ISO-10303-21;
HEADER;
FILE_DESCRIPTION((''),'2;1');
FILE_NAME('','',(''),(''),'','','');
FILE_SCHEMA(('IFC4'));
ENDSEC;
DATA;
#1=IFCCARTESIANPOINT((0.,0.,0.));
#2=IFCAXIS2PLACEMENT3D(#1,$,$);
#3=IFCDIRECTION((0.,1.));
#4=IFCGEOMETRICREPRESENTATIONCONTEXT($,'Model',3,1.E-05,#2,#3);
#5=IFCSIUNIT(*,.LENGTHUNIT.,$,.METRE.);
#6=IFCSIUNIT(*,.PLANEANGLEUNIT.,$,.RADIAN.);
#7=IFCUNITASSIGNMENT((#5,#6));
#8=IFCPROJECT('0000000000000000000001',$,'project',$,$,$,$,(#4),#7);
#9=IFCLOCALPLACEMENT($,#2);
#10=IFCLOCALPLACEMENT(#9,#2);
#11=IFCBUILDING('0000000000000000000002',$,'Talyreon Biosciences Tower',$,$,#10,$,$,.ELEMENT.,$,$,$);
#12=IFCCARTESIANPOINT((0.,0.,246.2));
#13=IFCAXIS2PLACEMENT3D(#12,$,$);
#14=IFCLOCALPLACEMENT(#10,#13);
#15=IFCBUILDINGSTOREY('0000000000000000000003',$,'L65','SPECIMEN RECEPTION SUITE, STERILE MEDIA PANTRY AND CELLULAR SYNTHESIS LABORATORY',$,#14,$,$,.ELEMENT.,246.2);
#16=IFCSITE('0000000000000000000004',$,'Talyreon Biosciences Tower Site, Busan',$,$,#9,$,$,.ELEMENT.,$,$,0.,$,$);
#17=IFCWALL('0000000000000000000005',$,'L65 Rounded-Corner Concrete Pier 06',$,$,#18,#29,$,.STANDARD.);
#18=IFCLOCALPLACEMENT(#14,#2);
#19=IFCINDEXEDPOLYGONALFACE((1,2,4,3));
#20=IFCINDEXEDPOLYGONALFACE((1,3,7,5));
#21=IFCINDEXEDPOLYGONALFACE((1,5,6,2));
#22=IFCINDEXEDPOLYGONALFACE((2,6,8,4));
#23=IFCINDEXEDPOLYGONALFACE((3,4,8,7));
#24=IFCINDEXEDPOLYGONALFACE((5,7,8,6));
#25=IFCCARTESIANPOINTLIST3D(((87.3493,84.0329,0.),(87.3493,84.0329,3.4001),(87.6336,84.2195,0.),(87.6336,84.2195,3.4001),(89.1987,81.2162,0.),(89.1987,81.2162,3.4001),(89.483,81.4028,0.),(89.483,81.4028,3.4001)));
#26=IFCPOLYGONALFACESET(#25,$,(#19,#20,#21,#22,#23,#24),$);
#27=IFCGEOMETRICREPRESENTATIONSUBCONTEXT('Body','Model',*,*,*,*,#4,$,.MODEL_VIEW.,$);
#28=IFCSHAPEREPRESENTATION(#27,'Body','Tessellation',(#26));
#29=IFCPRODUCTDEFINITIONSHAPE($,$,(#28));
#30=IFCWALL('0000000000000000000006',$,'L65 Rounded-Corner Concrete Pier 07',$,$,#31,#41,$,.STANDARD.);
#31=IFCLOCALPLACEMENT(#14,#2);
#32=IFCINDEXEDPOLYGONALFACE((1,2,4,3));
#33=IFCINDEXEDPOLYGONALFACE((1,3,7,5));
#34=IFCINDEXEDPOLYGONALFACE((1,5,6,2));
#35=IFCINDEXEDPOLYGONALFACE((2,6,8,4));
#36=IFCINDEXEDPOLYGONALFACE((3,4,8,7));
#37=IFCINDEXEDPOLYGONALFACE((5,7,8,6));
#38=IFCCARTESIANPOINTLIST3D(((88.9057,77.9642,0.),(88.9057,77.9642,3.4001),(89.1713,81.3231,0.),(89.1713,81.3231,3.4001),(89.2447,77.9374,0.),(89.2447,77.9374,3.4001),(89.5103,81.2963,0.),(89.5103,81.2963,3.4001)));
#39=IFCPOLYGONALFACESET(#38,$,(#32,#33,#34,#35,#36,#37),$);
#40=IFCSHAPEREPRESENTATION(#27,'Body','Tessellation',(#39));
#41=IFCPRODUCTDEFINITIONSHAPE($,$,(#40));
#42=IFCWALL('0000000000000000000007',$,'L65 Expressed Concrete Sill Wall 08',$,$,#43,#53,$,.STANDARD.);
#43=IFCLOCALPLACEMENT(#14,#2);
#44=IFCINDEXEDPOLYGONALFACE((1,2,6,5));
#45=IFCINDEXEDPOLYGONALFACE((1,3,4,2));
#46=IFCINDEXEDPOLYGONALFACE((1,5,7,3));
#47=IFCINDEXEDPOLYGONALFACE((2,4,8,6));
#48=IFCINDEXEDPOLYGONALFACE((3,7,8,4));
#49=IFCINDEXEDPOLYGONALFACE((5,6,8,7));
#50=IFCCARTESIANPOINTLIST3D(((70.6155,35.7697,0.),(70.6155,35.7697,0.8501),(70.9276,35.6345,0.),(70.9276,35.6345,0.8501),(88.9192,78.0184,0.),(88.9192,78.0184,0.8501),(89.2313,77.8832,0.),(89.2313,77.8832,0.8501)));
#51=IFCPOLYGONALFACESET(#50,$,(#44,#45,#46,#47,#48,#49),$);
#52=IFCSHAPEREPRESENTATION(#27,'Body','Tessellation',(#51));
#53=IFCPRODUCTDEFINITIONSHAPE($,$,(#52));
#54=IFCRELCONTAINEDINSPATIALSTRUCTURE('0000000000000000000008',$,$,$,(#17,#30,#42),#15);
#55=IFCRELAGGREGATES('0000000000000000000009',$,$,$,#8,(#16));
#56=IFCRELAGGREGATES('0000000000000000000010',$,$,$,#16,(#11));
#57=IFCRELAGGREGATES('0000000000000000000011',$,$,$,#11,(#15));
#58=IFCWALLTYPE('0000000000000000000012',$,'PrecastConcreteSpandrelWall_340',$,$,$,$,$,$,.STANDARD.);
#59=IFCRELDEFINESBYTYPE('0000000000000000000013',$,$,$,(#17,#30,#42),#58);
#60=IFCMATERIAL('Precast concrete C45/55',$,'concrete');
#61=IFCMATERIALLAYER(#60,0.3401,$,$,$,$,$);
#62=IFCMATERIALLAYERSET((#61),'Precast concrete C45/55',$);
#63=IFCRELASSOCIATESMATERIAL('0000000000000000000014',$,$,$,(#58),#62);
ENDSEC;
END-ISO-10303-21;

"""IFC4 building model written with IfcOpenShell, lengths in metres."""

from ifc_helpers import new_model, si_unit, direction, frame, frame_2d, origin, place, context, subcontext, project, spatial, rectangle, extrude, material, layer, layer_set, type_object, element, save


model = new_model("IFC4")

# Units and contexts
model_context = context("Model", 3, precision=1e-05, world=origin(), true_north=direction((0.0, 1.0)))
body_context = subcontext(model_context, "Body", "Model", "MODEL_VIEW")
ifc_project = project(units=[si_unit("LENGTHUNIT", "METRE"), si_unit("PLANEANGLEUNIT", "RADIAN")], contexts=[model_context])

# Site, building, storey
site_placement = place(None, origin())
site = spatial("IfcSite", under=ifc_project, at=site_placement, Name="Talyreon Biosciences Tower Site, Busan", CompositionType="ELEMENT", RefElevation=0.0)
building_placement = place(site_placement, origin())
building = spatial("IfcBuilding", under=site, at=building_placement, Name="Talyreon Biosciences Tower", CompositionType="ELEMENT")
storey_placement = place(building_placement, frame((0.0, 0.0, 246.2)))
storey = spatial("IfcBuildingStorey", under=building, at=storey_placement, Name="L65", Description="SPECIMEN RECEPTION SUITE, STERILE MEDIA PANTRY AND CELLULAR SYNTHESIS LABORATORY", CompositionType="ELEMENT", Elevation=246.2)

# Shared definitions
ifc_material_1 = material(Name="Precast concrete C45/55", Category="concrete")

# Walls
ifc_layer_1 = layer(ifc_material_1, 0.3401)
ifc_layer_set_1 = layer_set([ifc_layer_1], Name="Precast concrete C45/55")
wall_type_1 = type_object("IfcWallType", Name="PrecastConcreteSpandrelWall_340", PredefinedType="STANDARD", material=ifc_layer_set_1)
wall_1_placement = place(storey_placement, frame((87.4915, 84.1262, 0.0), z_axis=(0.0, 0.0, 1.0), x_axis=(0.548851, -0.83592, 0.0)))
element("IfcWall", 1, at=wall_1_placement, inside=storey, type_object=wall_type_1, Name="L65 Rounded-Corner Concrete Pier 06", PredefinedType="STANDARD", context=body_context, shape_type="SweptSolid", body=[
    extrude(rectangle(XDim=3.3696, YDim=0.3401, at=frame_2d((1.6848, 0.0))), origin(), (0.0, 0.0, 1.0), 3.4001),
])
wall_2_placement = place(storey_placement, frame((89.3408, 81.3096, 0.0), z_axis=(0.0, 0.0, 1.0), x_axis=(-0.078835, -0.996888, 0.0)))
element("IfcWall", 2, at=wall_2_placement, inside=storey, type_object=wall_type_1, Name="L65 Rounded-Corner Concrete Pier 07", PredefinedType="STANDARD", context=body_context, shape_type="SweptSolid", body=[
    extrude(rectangle(XDim=3.3694, YDim=0.3401, at=frame_2d((1.6846, 0.0))), origin(), (0.0, 0.0, 1.0), 3.4001),
])
wall_3_placement = place(storey_placement, frame((89.0752, 77.9507, 0.0), z_axis=(0.0, 0.0, 1.0), x_axis=(-0.397533, -0.917588, 0.0)))
element("IfcWall", 3, at=wall_3_placement, inside=storey, type_object=wall_type_1, Name="L65 Expressed Concrete Sill Wall 08", PredefinedType="STANDARD", context=body_context, shape_type="SweptSolid", body=[
    extrude(rectangle(XDim=46.0432, YDim=0.3401, at=frame_2d((23.0215, 0.0))), origin(), (0.0, 0.0, 1.0), 0.8501),
])

save(model, "model.ifc")
